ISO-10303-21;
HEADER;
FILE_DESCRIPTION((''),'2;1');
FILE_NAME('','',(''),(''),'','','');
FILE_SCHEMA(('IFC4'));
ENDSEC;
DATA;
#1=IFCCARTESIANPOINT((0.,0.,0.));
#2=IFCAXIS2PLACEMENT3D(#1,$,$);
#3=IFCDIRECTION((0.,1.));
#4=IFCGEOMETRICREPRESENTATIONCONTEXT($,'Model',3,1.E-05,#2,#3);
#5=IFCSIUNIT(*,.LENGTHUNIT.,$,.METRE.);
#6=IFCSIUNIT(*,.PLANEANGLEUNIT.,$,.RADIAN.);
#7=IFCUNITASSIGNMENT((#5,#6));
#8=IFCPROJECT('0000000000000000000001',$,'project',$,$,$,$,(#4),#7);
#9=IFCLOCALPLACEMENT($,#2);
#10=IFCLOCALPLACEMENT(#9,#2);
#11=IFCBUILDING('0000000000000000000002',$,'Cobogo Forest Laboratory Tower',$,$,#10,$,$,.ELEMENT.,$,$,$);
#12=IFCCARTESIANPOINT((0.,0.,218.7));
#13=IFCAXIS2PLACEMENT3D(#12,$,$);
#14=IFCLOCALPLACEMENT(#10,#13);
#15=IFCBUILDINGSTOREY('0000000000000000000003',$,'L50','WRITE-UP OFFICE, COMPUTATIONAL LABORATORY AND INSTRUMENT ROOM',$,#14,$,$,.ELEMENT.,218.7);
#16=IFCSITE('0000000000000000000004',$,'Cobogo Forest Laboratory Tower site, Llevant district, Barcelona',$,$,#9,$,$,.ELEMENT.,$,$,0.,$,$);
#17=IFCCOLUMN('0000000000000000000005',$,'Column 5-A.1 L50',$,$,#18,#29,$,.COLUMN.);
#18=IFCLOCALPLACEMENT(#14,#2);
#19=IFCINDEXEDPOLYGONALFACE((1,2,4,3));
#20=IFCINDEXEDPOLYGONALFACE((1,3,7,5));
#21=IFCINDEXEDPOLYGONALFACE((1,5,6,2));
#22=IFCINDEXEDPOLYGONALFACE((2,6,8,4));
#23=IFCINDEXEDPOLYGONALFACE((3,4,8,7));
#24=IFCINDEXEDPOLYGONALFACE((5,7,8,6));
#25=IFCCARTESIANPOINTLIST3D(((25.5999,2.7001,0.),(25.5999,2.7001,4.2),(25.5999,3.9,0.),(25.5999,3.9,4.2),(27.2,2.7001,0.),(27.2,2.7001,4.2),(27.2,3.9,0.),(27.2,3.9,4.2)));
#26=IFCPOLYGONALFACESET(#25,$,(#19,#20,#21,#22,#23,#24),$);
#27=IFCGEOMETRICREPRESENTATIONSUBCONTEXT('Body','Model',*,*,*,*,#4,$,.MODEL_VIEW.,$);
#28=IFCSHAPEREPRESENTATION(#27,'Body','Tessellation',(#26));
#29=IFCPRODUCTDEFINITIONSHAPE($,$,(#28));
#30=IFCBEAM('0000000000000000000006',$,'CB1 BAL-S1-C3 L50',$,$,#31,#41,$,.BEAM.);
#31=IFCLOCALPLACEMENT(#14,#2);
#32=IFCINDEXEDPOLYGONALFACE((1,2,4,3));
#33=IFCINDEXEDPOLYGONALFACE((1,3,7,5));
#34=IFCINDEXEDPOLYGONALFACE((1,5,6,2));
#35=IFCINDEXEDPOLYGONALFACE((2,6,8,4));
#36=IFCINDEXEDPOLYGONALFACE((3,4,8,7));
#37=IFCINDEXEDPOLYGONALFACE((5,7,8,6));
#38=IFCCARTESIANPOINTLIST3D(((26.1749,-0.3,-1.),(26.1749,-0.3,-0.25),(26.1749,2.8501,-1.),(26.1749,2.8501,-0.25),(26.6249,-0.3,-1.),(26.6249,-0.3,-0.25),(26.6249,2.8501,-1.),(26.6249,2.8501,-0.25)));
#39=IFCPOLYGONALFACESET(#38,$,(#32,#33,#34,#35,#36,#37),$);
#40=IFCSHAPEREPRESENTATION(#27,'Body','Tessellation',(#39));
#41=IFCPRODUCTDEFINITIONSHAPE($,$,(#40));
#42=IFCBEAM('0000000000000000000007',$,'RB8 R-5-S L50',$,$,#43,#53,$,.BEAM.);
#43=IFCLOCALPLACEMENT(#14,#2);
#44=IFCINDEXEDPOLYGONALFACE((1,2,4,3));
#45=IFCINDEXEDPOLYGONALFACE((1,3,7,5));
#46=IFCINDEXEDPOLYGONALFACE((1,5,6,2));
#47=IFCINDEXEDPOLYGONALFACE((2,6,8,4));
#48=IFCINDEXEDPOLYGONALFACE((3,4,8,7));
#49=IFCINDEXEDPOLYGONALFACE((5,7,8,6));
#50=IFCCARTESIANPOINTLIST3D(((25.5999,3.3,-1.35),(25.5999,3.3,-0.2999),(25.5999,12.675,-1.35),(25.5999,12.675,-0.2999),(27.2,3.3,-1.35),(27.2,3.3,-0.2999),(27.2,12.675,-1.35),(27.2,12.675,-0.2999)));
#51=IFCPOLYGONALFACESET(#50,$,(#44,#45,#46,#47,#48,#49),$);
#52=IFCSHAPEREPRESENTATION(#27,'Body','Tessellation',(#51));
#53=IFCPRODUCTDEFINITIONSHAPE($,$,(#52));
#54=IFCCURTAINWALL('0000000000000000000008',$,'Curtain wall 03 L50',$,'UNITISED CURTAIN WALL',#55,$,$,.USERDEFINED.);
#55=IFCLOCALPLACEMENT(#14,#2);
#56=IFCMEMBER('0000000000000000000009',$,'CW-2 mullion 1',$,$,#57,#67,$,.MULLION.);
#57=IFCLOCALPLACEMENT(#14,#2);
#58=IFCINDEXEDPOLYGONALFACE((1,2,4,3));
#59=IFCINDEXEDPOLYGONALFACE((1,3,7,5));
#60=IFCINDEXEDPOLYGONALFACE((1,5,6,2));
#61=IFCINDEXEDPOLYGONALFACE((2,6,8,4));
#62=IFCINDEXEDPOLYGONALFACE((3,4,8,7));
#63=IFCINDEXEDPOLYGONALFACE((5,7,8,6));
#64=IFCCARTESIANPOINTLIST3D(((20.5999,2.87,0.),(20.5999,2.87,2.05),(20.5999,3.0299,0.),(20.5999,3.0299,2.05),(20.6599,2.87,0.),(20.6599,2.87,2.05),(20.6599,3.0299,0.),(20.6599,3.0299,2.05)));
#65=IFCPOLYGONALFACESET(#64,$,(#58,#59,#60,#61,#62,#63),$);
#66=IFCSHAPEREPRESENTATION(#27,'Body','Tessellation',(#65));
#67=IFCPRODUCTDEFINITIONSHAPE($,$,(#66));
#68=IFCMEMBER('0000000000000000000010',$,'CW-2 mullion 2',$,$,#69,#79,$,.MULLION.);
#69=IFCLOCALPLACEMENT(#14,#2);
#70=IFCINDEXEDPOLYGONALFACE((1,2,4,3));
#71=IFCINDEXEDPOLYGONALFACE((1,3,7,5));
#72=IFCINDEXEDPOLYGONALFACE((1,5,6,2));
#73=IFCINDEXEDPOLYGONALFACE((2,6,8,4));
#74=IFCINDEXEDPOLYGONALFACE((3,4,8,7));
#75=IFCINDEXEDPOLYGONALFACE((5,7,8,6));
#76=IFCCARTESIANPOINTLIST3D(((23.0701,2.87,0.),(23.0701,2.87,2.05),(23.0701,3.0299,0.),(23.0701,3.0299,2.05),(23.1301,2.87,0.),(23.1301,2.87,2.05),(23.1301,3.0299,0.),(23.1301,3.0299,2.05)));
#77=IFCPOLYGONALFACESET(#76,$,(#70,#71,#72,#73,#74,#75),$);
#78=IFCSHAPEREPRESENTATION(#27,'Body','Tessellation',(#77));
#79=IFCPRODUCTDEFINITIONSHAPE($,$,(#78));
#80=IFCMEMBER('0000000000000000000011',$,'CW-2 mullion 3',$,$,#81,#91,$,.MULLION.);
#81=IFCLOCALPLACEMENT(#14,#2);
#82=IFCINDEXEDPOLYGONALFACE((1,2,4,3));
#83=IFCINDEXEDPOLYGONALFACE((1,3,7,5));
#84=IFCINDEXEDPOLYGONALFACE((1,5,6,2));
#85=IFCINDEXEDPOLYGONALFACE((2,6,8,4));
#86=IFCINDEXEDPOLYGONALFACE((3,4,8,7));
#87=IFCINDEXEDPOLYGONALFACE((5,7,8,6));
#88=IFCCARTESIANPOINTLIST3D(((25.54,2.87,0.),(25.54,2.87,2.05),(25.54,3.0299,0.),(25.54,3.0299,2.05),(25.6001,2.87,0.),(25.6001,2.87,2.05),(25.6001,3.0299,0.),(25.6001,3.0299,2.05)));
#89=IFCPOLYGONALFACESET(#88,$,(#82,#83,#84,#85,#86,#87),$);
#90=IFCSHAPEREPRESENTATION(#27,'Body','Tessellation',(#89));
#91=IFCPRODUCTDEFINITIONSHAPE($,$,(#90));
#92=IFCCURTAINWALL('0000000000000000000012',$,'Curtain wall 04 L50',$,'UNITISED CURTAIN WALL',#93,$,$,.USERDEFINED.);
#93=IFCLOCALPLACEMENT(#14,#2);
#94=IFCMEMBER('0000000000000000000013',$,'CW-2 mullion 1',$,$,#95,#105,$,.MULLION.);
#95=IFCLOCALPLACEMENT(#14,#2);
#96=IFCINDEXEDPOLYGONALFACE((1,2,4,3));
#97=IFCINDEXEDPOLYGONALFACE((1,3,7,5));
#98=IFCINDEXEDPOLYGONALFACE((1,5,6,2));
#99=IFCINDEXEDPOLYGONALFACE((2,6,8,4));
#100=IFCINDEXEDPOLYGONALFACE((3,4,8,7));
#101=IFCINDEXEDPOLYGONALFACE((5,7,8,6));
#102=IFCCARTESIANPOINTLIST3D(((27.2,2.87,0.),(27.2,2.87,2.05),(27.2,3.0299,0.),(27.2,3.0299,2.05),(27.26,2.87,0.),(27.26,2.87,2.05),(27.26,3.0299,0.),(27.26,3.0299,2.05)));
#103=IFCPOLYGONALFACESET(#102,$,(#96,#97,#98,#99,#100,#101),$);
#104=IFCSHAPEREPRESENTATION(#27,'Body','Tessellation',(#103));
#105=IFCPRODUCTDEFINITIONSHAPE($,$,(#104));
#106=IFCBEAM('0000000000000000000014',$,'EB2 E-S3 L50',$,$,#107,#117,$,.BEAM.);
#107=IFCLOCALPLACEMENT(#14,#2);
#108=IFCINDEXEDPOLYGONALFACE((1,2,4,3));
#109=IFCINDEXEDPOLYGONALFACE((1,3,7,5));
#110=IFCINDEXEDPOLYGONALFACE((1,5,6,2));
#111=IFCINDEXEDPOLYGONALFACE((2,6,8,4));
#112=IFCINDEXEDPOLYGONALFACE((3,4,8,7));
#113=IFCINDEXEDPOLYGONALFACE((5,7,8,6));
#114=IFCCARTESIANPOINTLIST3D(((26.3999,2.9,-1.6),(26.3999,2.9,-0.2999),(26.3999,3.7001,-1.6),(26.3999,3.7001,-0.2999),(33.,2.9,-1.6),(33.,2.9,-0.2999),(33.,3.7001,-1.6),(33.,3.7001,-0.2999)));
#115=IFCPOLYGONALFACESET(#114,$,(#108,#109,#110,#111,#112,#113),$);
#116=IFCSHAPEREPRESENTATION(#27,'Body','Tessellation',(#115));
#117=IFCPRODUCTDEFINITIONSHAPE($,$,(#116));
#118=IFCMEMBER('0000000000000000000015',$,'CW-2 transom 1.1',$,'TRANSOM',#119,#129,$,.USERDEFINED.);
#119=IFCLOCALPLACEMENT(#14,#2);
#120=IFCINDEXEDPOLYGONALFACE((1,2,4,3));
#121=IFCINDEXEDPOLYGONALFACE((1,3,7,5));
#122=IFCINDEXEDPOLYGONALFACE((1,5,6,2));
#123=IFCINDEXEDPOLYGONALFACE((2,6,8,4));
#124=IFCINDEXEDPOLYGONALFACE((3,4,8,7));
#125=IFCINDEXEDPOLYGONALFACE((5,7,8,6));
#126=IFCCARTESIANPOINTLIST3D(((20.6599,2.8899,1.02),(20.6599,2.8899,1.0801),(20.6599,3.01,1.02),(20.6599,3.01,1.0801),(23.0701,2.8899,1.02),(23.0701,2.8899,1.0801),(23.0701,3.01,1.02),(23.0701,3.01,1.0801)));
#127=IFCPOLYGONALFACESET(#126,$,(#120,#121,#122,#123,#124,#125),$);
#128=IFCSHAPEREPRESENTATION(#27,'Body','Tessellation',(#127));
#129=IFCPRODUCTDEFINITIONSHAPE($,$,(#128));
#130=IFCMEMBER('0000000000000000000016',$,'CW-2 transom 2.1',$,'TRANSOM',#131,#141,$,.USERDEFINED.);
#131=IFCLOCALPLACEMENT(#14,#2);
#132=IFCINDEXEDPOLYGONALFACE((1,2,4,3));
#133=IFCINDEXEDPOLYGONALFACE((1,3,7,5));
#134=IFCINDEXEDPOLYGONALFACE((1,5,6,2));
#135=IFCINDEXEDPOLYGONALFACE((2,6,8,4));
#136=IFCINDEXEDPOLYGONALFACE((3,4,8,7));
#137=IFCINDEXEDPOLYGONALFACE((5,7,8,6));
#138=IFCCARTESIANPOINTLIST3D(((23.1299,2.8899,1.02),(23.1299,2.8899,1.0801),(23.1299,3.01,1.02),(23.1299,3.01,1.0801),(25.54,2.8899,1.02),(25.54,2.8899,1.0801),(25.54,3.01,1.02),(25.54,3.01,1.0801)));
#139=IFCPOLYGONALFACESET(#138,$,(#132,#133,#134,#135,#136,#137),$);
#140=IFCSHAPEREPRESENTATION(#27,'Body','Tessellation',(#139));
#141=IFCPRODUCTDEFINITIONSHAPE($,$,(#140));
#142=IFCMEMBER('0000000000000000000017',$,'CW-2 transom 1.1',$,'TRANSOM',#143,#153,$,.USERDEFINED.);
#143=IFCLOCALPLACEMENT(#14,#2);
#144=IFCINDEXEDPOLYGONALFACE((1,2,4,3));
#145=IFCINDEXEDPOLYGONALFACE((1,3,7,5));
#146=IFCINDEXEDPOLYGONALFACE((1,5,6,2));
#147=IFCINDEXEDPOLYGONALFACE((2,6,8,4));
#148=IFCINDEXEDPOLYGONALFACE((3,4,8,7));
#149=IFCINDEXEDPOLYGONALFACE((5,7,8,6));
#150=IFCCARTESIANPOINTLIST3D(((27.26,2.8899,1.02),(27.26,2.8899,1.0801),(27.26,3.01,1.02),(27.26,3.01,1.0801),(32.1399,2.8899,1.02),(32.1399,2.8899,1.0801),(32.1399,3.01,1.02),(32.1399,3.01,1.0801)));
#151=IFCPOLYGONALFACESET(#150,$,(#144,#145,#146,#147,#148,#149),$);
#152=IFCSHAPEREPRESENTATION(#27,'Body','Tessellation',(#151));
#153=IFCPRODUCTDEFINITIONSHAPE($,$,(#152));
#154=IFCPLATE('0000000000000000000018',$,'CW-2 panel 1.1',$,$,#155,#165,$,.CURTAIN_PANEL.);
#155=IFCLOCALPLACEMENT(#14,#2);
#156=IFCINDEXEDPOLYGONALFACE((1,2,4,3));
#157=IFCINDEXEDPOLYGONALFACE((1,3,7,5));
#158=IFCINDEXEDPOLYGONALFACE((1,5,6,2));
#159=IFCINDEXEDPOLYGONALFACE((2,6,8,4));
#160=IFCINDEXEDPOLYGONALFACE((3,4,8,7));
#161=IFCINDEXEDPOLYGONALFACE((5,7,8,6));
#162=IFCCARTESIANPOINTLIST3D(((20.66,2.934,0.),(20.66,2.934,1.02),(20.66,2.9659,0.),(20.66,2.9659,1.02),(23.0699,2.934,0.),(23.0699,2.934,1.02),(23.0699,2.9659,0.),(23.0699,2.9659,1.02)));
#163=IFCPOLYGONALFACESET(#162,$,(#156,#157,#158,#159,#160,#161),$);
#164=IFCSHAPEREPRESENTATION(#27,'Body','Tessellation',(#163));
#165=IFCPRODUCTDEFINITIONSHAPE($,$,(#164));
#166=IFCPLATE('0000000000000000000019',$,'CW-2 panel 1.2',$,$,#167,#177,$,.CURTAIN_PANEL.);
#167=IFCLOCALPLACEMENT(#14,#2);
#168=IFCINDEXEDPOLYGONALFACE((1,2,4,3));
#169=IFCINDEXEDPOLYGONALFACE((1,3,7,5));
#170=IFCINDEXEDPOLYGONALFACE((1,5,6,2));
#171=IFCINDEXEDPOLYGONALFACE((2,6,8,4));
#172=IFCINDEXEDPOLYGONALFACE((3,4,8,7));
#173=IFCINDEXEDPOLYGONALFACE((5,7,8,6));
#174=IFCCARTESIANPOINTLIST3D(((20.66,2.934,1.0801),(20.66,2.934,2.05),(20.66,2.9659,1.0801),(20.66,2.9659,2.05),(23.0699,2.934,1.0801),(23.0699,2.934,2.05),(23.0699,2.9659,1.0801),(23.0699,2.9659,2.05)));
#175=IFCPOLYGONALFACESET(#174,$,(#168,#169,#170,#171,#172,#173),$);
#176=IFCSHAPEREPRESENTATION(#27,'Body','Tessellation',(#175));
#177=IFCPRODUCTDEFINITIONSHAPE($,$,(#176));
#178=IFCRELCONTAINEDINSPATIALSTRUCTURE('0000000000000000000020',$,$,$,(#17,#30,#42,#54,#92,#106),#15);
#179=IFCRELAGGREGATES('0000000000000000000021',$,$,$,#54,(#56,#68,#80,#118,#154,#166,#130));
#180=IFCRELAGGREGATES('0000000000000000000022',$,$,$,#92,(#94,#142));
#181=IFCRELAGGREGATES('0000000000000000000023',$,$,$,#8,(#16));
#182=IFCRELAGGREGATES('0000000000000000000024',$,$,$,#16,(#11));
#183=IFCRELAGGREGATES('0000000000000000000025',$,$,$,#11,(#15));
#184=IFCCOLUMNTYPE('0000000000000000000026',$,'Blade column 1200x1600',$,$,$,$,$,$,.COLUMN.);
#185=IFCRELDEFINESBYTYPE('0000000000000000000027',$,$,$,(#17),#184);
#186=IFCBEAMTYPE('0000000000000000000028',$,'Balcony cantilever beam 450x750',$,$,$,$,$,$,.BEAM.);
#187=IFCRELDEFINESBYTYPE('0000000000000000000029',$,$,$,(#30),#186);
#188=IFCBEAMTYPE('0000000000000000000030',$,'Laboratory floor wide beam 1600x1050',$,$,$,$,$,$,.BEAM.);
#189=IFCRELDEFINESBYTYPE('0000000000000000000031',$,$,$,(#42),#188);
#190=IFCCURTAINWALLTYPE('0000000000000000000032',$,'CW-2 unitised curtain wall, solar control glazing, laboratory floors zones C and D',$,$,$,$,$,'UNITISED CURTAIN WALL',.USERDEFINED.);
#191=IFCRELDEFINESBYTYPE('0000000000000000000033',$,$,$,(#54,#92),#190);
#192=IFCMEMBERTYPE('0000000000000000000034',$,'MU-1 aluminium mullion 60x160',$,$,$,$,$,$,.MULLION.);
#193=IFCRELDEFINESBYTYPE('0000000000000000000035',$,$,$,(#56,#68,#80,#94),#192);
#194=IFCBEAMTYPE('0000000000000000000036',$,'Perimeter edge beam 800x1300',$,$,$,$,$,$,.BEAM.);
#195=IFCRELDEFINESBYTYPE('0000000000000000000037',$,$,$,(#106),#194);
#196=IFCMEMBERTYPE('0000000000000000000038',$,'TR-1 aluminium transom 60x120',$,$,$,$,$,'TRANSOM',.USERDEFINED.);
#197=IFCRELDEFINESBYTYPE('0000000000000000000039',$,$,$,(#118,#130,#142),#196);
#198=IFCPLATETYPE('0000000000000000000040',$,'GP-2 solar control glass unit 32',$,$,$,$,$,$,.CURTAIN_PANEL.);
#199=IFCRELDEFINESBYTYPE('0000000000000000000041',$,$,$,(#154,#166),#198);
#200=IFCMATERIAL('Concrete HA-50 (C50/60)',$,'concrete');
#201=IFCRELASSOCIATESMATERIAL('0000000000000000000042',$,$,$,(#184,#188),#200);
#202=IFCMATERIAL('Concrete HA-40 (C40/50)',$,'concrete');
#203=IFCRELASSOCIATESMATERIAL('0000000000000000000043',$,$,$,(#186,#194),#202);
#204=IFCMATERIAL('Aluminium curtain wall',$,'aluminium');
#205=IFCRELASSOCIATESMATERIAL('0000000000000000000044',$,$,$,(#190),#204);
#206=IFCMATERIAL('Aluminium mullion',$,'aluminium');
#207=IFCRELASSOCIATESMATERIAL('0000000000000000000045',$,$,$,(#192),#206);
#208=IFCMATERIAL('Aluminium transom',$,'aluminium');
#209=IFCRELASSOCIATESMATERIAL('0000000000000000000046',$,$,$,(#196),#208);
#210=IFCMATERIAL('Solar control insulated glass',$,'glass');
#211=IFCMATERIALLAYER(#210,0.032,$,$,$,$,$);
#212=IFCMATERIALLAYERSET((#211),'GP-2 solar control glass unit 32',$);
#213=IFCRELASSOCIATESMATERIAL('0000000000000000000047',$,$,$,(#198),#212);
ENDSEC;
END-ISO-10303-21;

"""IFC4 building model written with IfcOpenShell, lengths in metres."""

from ifc_helpers import new_model, si_unit, direction, frame, origin, origin_2d, place, context, subcontext, project, spatial, rectangle, extrude, material, layer, layer_set, material_profile, profile_set, type_object, element, aggregate, save


model = new_model("IFC4")

# Units and contexts
model_context = context("Model", 3, precision=1e-05, world=origin(), true_north=direction((0.0, 1.0)))
body_context = subcontext(model_context, "Body", "Model", "MODEL_VIEW")
ifc_project = project(units=[si_unit("LENGTHUNIT", "METRE"), si_unit("PLANEANGLEUNIT", "RADIAN")], contexts=[model_context])

# Site, building, storey
site_placement = place(None, origin())
site = spatial("IfcSite", under=ifc_project, at=site_placement, Name="Cobogo Forest Laboratory Tower site, Llevant district, Barcelona", CompositionType="ELEMENT", RefElevation=0.0)
building_placement = place(site_placement, origin())
building = spatial("IfcBuilding", under=site, at=building_placement, Name="Cobogo Forest Laboratory Tower", CompositionType="ELEMENT")
storey_placement = place(building_placement, frame((0.0, 0.0, 218.7)))
storey = spatial("IfcBuildingStorey", under=building, at=storey_placement, Name="L50", Description="WRITE-UP OFFICE, COMPUTATIONAL LABORATORY AND INSTRUMENT ROOM", CompositionType="ELEMENT", Elevation=218.7)

# Column
ifc_material_1 = material(Name="Concrete HA-50 (C50/60)", Category="concrete")
ifc_material_profile_1 = material_profile(ifc_material_1, rectangle(XDim=1.6001, YDim=1.2, at=origin_2d()), Name="RC 1200x1600")
ifc_profile_set_1 = profile_set([ifc_material_profile_1], Name="Concrete HA-50 (C50/60)")
column_type = type_object("IfcColumnType", Name="Blade column 1200x1600", PredefinedType="COLUMN", material=ifc_profile_set_1)
column_placement = place(storey_placement, frame((26.3999, 3.3, 0.0), z_axis=(0.0, 0.0, 1.0), x_axis=(1.0, 0.0, 0.0)))
element("IfcColumn", 1, at=column_placement, inside=storey, type_object=column_type, Name="Column 5-A.1 L50", PredefinedType="COLUMN", context=body_context, shape_type="SweptSolid", body=[
    extrude(rectangle(XDim=1.6001, YDim=1.2, at=origin_2d()), origin(), (0.0, 0.0, 1.0), 4.2),
])

# Beams
ifc_material_2 = material(Name="Concrete HA-40 (C40/50)", Category="concrete")
ifc_material_profile_2 = material_profile(ifc_material_2, rectangle(XDim=0.45, YDim=0.75, at=origin_2d()), Name="RC 450x750")
ifc_profile_set_2 = profile_set([ifc_material_profile_2], Name="Concrete HA-40 (C40/50)")
beam_type_1 = type_object("IfcBeamType", Name="Balcony cantilever beam 450x750", PredefinedType="BEAM", material=ifc_profile_set_2)
beam_1_placement = place(storey_placement, frame((26.3999, 2.8501, -0.625), z_axis=(0.0, -1.0, 0.0), x_axis=(1.0, 0.0, 0.0)))
element("IfcBeam", 2, at=beam_1_placement, inside=storey, type_object=beam_type_1, Name="CB1 BAL-S1-C3 L50", PredefinedType="BEAM", context=body_context, shape_type="SweptSolid", body=[
    extrude(rectangle(XDim=0.45, YDim=0.75, at=origin_2d()), origin(), (0.0, 0.0, 1.0), 3.1501),
])
ifc_material_profile_3 = material_profile(ifc_material_1, rectangle(XDim=1.6001, YDim=1.05, at=origin_2d()), Name="RC 1600x1050")
ifc_profile_set_3 = profile_set([ifc_material_profile_3], Name="Concrete HA-50 (C50/60)")
beam_type_2 = type_object("IfcBeamType", Name="Laboratory floor wide beam 1600x1050", PredefinedType="BEAM", material=ifc_profile_set_3)
beam_2_placement = place(storey_placement, frame((26.3999, 12.675, -0.825), z_axis=(0.0, -1.0, 0.0), x_axis=(1.0, 0.0, 0.0)))
element("IfcBeam", 3, at=beam_2_placement, inside=storey, type_object=beam_type_2, Name="RB8 R-5-S L50", PredefinedType="BEAM", context=body_context, shape_type="SweptSolid", body=[
    extrude(rectangle(XDim=1.6001, YDim=1.05, at=origin_2d()), origin(), (0.0, 0.0, 1.0), 9.375),
])

# Curtain wall, members
ifc_material_3 = material(Name="Aluminium curtain wall", Category="aluminium")
curtain_wall_type = type_object("IfcCurtainWallType", Name="CW-2 unitised curtain wall, solar control glazing, laboratory floors zones C and D", ElementType="UNITISED CURTAIN WALL", PredefinedType="USERDEFINED", material=ifc_material_3)
curtain_wall_1_placement = place(storey_placement, origin())
curtain_wall_1 = element("IfcCurtainWall", 4, at=curtain_wall_1_placement, inside=storey, type_object=curtain_wall_type, Name="Curtain wall 03 L50", ObjectType="UNITISED CURTAIN WALL", PredefinedType="USERDEFINED")
ifc_material_4 = material(Name="Aluminium mullion", Category="aluminium")
ifc_material_profile_4 = material_profile(ifc_material_4, rectangle(XDim=0.0601, YDim=0.1599, at=origin_2d()), Name="AL 60x160")
ifc_profile_set_4 = profile_set([ifc_material_profile_4], Name="Aluminium mullion")
member_type_1 = type_object("IfcMemberType", Name="MU-1 aluminium mullion 60x160", PredefinedType="MULLION", material=ifc_profile_set_4)
member_1_placement = place(storey_placement, frame((20.6299, 2.95, 0.0), z_axis=(0.0, 0.0, 1.0), x_axis=(1.0, 0.0, 0.0)))
member_1 = element("IfcMember", 5, at=member_1_placement, type_object=member_type_1, Name="CW-2 mullion 1", PredefinedType="MULLION", context=body_context, shape_type="SweptSolid", body=[
    extrude(rectangle(XDim=0.0601, YDim=0.1599, at=origin_2d()), origin(), (0.0, 0.0, 1.0), 2.05),
])
member_2_placement = place(storey_placement, frame((23.1001, 2.95, 0.0), z_axis=(0.0, 0.0, 1.0), x_axis=(1.0, 0.0, 0.0)))
member_2 = element("IfcMember", 6, at=member_2_placement, type_object=member_type_1, Name="CW-2 mullion 2", PredefinedType="MULLION", context=body_context, shape_type="SweptSolid", body=[
    extrude(rectangle(XDim=0.0601, YDim=0.1599, at=origin_2d()), origin(), (0.0, 0.0, 1.0), 2.05),
])
member_3_placement = place(storey_placement, frame((25.5701, 2.95, 0.0), z_axis=(0.0, 0.0, 1.0), x_axis=(1.0, 0.0, 0.0)))
member_3 = element("IfcMember", 7, at=member_3_placement, type_object=member_type_1, Name="CW-2 mullion 3", PredefinedType="MULLION", context=body_context, shape_type="SweptSolid", body=[
    extrude(rectangle(XDim=0.0601, YDim=0.1599, at=origin_2d()), origin(), (0.0, 0.0, 1.0), 2.05),
])

# Curtain wall, member
curtain_wall_2_placement = place(storey_placement, origin())
curtain_wall_2 = element("IfcCurtainWall", 8, at=curtain_wall_2_placement, inside=storey, type_object=curtain_wall_type, Name="Curtain wall 04 L50", ObjectType="UNITISED CURTAIN WALL", PredefinedType="USERDEFINED")
member_4_placement = place(storey_placement, frame((27.23, 2.95, 0.0), z_axis=(0.0, 0.0, 1.0), x_axis=(1.0, 0.0, 0.0)))
member_4 = element("IfcMember", 9, at=member_4_placement, type_object=member_type_1, Name="CW-2 mullion 1", PredefinedType="MULLION", context=body_context, shape_type="SweptSolid", body=[
    extrude(rectangle(XDim=0.0601, YDim=0.1599, at=origin_2d()), origin(), (0.0, 0.0, 1.0), 2.05),
])

# Beam
ifc_material_profile_5 = material_profile(ifc_material_2, rectangle(XDim=0.8, YDim=1.3, at=origin_2d()), Name="RC 800x1300")
ifc_profile_set_5 = profile_set([ifc_material_profile_5], Name="Concrete HA-40 (C40/50)")
beam_type_3 = type_object("IfcBeamType", Name="Perimeter edge beam 800x1300", PredefinedType="BEAM", material=ifc_profile_set_5)
beam_3_placement = place(storey_placement, frame((26.3999, 3.3, -0.95), z_axis=(1.0, 0.0, 0.0), x_axis=(0.0, 1.0, 0.0)))
element("IfcBeam", 10, at=beam_3_placement, inside=storey, type_object=beam_type_3, Name="EB2 E-S3 L50", PredefinedType="BEAM", context=body_context, shape_type="SweptSolid", body=[
    extrude(rectangle(XDim=0.8, YDim=1.3, at=origin_2d()), origin(), (0.0, 0.0, 1.0), 6.6001),
])

# Members
ifc_material_5 = material(Name="Aluminium transom", Category="aluminium")
ifc_material_profile_6 = material_profile(ifc_material_5, rectangle(XDim=0.1201, YDim=0.0601, at=origin_2d()), Name="AL 60x120")
ifc_profile_set_6 = profile_set([ifc_material_profile_6], Name="Aluminium transom")
member_type_2 = type_object("IfcMemberType", Name="TR-1 aluminium transom 60x120", ElementType="TRANSOM", PredefinedType="USERDEFINED", material=ifc_profile_set_6)
member_5_placement = place(storey_placement, frame((20.6599, 2.95, 1.05), z_axis=(1.0, 0.0, 0.0), x_axis=(0.0, 1.0, 0.0)))
member_5 = element("IfcMember", 11, at=member_5_placement, type_object=member_type_2, Name="CW-2 transom 1.1", ObjectType="TRANSOM", PredefinedType="USERDEFINED", context=body_context, shape_type="SweptSolid", body=[
    extrude(rectangle(XDim=0.1201, YDim=0.0601, at=origin_2d()), origin(), (0.0, 0.0, 1.0), 2.4102),
])
member_6_placement = place(storey_placement, frame((23.1299, 2.95, 1.05), z_axis=(1.0, 0.0, 0.0), x_axis=(0.0, 1.0, 0.0)))
member_6 = element("IfcMember", 12, at=member_6_placement, type_object=member_type_2, Name="CW-2 transom 2.1", ObjectType="TRANSOM", PredefinedType="USERDEFINED", context=body_context, shape_type="SweptSolid", body=[
    extrude(rectangle(XDim=0.1201, YDim=0.0601, at=origin_2d()), origin(), (0.0, 0.0, 1.0), 2.4102),
])
member_7_placement = place(storey_placement, frame((27.26, 2.95, 1.05), z_axis=(1.0, 0.0, 0.0), x_axis=(0.0, 1.0, 0.0)))
member_7 = element("IfcMember", 13, at=member_7_placement, type_object=member_type_2, Name="CW-2 transom 1.1", ObjectType="TRANSOM", PredefinedType="USERDEFINED", context=body_context, shape_type="SweptSolid", body=[
    extrude(rectangle(XDim=0.1201, YDim=0.0601, at=origin_2d()), origin(), (0.0, 0.0, 1.0), 4.8799),
])

# Plates
ifc_material_6 = material(Name="Solar control insulated glass", Category="glass")
ifc_layer_1 = layer(ifc_material_6, 0.032)
ifc_layer_set_1 = layer_set([ifc_layer_1], Name="GP-2 solar control glass unit 32")
plate_type_1 = type_object("IfcPlateType", Name="GP-2 solar control glass unit 32", PredefinedType="CURTAIN_PANEL", material=ifc_layer_set_1)
plate_1_placement = place(storey_placement, frame((21.865, 2.95, 0.0), z_axis=(0.0, 0.0, 1.0), x_axis=(1.0, 0.0, 0.0)))
plate_1 = element("IfcPlate", 14, at=plate_1_placement, type_object=plate_type_1, Name="CW-2 panel 1.1", PredefinedType="CURTAIN_PANEL", context=body_context, shape_type="SweptSolid", body=[
    extrude(rectangle(XDim=2.4099, YDim=0.032, at=origin_2d()), origin(), (0.0, 0.0, 1.0), 1.02),
])
plate_2_placement = place(storey_placement, frame((21.865, 2.95, 1.0801), z_axis=(0.0, 0.0, 1.0), x_axis=(1.0, 0.0, 0.0)))
plate_2 = element("IfcPlate", 15, at=plate_2_placement, type_object=plate_type_1, Name="CW-2 panel 1.2", PredefinedType="CURTAIN_PANEL", context=body_context, shape_type="SweptSolid", body=[
    extrude(rectangle(XDim=2.4099, YDim=0.032, at=origin_2d()), origin(), (0.0, 0.0, 1.0), 0.97),
])
aggregate(curtain_wall_1, [member_1, member_2, member_3, member_5, plate_1, plate_2, member_6])
aggregate(curtain_wall_2, [member_4, member_7])

save(model, "model.ifc")
